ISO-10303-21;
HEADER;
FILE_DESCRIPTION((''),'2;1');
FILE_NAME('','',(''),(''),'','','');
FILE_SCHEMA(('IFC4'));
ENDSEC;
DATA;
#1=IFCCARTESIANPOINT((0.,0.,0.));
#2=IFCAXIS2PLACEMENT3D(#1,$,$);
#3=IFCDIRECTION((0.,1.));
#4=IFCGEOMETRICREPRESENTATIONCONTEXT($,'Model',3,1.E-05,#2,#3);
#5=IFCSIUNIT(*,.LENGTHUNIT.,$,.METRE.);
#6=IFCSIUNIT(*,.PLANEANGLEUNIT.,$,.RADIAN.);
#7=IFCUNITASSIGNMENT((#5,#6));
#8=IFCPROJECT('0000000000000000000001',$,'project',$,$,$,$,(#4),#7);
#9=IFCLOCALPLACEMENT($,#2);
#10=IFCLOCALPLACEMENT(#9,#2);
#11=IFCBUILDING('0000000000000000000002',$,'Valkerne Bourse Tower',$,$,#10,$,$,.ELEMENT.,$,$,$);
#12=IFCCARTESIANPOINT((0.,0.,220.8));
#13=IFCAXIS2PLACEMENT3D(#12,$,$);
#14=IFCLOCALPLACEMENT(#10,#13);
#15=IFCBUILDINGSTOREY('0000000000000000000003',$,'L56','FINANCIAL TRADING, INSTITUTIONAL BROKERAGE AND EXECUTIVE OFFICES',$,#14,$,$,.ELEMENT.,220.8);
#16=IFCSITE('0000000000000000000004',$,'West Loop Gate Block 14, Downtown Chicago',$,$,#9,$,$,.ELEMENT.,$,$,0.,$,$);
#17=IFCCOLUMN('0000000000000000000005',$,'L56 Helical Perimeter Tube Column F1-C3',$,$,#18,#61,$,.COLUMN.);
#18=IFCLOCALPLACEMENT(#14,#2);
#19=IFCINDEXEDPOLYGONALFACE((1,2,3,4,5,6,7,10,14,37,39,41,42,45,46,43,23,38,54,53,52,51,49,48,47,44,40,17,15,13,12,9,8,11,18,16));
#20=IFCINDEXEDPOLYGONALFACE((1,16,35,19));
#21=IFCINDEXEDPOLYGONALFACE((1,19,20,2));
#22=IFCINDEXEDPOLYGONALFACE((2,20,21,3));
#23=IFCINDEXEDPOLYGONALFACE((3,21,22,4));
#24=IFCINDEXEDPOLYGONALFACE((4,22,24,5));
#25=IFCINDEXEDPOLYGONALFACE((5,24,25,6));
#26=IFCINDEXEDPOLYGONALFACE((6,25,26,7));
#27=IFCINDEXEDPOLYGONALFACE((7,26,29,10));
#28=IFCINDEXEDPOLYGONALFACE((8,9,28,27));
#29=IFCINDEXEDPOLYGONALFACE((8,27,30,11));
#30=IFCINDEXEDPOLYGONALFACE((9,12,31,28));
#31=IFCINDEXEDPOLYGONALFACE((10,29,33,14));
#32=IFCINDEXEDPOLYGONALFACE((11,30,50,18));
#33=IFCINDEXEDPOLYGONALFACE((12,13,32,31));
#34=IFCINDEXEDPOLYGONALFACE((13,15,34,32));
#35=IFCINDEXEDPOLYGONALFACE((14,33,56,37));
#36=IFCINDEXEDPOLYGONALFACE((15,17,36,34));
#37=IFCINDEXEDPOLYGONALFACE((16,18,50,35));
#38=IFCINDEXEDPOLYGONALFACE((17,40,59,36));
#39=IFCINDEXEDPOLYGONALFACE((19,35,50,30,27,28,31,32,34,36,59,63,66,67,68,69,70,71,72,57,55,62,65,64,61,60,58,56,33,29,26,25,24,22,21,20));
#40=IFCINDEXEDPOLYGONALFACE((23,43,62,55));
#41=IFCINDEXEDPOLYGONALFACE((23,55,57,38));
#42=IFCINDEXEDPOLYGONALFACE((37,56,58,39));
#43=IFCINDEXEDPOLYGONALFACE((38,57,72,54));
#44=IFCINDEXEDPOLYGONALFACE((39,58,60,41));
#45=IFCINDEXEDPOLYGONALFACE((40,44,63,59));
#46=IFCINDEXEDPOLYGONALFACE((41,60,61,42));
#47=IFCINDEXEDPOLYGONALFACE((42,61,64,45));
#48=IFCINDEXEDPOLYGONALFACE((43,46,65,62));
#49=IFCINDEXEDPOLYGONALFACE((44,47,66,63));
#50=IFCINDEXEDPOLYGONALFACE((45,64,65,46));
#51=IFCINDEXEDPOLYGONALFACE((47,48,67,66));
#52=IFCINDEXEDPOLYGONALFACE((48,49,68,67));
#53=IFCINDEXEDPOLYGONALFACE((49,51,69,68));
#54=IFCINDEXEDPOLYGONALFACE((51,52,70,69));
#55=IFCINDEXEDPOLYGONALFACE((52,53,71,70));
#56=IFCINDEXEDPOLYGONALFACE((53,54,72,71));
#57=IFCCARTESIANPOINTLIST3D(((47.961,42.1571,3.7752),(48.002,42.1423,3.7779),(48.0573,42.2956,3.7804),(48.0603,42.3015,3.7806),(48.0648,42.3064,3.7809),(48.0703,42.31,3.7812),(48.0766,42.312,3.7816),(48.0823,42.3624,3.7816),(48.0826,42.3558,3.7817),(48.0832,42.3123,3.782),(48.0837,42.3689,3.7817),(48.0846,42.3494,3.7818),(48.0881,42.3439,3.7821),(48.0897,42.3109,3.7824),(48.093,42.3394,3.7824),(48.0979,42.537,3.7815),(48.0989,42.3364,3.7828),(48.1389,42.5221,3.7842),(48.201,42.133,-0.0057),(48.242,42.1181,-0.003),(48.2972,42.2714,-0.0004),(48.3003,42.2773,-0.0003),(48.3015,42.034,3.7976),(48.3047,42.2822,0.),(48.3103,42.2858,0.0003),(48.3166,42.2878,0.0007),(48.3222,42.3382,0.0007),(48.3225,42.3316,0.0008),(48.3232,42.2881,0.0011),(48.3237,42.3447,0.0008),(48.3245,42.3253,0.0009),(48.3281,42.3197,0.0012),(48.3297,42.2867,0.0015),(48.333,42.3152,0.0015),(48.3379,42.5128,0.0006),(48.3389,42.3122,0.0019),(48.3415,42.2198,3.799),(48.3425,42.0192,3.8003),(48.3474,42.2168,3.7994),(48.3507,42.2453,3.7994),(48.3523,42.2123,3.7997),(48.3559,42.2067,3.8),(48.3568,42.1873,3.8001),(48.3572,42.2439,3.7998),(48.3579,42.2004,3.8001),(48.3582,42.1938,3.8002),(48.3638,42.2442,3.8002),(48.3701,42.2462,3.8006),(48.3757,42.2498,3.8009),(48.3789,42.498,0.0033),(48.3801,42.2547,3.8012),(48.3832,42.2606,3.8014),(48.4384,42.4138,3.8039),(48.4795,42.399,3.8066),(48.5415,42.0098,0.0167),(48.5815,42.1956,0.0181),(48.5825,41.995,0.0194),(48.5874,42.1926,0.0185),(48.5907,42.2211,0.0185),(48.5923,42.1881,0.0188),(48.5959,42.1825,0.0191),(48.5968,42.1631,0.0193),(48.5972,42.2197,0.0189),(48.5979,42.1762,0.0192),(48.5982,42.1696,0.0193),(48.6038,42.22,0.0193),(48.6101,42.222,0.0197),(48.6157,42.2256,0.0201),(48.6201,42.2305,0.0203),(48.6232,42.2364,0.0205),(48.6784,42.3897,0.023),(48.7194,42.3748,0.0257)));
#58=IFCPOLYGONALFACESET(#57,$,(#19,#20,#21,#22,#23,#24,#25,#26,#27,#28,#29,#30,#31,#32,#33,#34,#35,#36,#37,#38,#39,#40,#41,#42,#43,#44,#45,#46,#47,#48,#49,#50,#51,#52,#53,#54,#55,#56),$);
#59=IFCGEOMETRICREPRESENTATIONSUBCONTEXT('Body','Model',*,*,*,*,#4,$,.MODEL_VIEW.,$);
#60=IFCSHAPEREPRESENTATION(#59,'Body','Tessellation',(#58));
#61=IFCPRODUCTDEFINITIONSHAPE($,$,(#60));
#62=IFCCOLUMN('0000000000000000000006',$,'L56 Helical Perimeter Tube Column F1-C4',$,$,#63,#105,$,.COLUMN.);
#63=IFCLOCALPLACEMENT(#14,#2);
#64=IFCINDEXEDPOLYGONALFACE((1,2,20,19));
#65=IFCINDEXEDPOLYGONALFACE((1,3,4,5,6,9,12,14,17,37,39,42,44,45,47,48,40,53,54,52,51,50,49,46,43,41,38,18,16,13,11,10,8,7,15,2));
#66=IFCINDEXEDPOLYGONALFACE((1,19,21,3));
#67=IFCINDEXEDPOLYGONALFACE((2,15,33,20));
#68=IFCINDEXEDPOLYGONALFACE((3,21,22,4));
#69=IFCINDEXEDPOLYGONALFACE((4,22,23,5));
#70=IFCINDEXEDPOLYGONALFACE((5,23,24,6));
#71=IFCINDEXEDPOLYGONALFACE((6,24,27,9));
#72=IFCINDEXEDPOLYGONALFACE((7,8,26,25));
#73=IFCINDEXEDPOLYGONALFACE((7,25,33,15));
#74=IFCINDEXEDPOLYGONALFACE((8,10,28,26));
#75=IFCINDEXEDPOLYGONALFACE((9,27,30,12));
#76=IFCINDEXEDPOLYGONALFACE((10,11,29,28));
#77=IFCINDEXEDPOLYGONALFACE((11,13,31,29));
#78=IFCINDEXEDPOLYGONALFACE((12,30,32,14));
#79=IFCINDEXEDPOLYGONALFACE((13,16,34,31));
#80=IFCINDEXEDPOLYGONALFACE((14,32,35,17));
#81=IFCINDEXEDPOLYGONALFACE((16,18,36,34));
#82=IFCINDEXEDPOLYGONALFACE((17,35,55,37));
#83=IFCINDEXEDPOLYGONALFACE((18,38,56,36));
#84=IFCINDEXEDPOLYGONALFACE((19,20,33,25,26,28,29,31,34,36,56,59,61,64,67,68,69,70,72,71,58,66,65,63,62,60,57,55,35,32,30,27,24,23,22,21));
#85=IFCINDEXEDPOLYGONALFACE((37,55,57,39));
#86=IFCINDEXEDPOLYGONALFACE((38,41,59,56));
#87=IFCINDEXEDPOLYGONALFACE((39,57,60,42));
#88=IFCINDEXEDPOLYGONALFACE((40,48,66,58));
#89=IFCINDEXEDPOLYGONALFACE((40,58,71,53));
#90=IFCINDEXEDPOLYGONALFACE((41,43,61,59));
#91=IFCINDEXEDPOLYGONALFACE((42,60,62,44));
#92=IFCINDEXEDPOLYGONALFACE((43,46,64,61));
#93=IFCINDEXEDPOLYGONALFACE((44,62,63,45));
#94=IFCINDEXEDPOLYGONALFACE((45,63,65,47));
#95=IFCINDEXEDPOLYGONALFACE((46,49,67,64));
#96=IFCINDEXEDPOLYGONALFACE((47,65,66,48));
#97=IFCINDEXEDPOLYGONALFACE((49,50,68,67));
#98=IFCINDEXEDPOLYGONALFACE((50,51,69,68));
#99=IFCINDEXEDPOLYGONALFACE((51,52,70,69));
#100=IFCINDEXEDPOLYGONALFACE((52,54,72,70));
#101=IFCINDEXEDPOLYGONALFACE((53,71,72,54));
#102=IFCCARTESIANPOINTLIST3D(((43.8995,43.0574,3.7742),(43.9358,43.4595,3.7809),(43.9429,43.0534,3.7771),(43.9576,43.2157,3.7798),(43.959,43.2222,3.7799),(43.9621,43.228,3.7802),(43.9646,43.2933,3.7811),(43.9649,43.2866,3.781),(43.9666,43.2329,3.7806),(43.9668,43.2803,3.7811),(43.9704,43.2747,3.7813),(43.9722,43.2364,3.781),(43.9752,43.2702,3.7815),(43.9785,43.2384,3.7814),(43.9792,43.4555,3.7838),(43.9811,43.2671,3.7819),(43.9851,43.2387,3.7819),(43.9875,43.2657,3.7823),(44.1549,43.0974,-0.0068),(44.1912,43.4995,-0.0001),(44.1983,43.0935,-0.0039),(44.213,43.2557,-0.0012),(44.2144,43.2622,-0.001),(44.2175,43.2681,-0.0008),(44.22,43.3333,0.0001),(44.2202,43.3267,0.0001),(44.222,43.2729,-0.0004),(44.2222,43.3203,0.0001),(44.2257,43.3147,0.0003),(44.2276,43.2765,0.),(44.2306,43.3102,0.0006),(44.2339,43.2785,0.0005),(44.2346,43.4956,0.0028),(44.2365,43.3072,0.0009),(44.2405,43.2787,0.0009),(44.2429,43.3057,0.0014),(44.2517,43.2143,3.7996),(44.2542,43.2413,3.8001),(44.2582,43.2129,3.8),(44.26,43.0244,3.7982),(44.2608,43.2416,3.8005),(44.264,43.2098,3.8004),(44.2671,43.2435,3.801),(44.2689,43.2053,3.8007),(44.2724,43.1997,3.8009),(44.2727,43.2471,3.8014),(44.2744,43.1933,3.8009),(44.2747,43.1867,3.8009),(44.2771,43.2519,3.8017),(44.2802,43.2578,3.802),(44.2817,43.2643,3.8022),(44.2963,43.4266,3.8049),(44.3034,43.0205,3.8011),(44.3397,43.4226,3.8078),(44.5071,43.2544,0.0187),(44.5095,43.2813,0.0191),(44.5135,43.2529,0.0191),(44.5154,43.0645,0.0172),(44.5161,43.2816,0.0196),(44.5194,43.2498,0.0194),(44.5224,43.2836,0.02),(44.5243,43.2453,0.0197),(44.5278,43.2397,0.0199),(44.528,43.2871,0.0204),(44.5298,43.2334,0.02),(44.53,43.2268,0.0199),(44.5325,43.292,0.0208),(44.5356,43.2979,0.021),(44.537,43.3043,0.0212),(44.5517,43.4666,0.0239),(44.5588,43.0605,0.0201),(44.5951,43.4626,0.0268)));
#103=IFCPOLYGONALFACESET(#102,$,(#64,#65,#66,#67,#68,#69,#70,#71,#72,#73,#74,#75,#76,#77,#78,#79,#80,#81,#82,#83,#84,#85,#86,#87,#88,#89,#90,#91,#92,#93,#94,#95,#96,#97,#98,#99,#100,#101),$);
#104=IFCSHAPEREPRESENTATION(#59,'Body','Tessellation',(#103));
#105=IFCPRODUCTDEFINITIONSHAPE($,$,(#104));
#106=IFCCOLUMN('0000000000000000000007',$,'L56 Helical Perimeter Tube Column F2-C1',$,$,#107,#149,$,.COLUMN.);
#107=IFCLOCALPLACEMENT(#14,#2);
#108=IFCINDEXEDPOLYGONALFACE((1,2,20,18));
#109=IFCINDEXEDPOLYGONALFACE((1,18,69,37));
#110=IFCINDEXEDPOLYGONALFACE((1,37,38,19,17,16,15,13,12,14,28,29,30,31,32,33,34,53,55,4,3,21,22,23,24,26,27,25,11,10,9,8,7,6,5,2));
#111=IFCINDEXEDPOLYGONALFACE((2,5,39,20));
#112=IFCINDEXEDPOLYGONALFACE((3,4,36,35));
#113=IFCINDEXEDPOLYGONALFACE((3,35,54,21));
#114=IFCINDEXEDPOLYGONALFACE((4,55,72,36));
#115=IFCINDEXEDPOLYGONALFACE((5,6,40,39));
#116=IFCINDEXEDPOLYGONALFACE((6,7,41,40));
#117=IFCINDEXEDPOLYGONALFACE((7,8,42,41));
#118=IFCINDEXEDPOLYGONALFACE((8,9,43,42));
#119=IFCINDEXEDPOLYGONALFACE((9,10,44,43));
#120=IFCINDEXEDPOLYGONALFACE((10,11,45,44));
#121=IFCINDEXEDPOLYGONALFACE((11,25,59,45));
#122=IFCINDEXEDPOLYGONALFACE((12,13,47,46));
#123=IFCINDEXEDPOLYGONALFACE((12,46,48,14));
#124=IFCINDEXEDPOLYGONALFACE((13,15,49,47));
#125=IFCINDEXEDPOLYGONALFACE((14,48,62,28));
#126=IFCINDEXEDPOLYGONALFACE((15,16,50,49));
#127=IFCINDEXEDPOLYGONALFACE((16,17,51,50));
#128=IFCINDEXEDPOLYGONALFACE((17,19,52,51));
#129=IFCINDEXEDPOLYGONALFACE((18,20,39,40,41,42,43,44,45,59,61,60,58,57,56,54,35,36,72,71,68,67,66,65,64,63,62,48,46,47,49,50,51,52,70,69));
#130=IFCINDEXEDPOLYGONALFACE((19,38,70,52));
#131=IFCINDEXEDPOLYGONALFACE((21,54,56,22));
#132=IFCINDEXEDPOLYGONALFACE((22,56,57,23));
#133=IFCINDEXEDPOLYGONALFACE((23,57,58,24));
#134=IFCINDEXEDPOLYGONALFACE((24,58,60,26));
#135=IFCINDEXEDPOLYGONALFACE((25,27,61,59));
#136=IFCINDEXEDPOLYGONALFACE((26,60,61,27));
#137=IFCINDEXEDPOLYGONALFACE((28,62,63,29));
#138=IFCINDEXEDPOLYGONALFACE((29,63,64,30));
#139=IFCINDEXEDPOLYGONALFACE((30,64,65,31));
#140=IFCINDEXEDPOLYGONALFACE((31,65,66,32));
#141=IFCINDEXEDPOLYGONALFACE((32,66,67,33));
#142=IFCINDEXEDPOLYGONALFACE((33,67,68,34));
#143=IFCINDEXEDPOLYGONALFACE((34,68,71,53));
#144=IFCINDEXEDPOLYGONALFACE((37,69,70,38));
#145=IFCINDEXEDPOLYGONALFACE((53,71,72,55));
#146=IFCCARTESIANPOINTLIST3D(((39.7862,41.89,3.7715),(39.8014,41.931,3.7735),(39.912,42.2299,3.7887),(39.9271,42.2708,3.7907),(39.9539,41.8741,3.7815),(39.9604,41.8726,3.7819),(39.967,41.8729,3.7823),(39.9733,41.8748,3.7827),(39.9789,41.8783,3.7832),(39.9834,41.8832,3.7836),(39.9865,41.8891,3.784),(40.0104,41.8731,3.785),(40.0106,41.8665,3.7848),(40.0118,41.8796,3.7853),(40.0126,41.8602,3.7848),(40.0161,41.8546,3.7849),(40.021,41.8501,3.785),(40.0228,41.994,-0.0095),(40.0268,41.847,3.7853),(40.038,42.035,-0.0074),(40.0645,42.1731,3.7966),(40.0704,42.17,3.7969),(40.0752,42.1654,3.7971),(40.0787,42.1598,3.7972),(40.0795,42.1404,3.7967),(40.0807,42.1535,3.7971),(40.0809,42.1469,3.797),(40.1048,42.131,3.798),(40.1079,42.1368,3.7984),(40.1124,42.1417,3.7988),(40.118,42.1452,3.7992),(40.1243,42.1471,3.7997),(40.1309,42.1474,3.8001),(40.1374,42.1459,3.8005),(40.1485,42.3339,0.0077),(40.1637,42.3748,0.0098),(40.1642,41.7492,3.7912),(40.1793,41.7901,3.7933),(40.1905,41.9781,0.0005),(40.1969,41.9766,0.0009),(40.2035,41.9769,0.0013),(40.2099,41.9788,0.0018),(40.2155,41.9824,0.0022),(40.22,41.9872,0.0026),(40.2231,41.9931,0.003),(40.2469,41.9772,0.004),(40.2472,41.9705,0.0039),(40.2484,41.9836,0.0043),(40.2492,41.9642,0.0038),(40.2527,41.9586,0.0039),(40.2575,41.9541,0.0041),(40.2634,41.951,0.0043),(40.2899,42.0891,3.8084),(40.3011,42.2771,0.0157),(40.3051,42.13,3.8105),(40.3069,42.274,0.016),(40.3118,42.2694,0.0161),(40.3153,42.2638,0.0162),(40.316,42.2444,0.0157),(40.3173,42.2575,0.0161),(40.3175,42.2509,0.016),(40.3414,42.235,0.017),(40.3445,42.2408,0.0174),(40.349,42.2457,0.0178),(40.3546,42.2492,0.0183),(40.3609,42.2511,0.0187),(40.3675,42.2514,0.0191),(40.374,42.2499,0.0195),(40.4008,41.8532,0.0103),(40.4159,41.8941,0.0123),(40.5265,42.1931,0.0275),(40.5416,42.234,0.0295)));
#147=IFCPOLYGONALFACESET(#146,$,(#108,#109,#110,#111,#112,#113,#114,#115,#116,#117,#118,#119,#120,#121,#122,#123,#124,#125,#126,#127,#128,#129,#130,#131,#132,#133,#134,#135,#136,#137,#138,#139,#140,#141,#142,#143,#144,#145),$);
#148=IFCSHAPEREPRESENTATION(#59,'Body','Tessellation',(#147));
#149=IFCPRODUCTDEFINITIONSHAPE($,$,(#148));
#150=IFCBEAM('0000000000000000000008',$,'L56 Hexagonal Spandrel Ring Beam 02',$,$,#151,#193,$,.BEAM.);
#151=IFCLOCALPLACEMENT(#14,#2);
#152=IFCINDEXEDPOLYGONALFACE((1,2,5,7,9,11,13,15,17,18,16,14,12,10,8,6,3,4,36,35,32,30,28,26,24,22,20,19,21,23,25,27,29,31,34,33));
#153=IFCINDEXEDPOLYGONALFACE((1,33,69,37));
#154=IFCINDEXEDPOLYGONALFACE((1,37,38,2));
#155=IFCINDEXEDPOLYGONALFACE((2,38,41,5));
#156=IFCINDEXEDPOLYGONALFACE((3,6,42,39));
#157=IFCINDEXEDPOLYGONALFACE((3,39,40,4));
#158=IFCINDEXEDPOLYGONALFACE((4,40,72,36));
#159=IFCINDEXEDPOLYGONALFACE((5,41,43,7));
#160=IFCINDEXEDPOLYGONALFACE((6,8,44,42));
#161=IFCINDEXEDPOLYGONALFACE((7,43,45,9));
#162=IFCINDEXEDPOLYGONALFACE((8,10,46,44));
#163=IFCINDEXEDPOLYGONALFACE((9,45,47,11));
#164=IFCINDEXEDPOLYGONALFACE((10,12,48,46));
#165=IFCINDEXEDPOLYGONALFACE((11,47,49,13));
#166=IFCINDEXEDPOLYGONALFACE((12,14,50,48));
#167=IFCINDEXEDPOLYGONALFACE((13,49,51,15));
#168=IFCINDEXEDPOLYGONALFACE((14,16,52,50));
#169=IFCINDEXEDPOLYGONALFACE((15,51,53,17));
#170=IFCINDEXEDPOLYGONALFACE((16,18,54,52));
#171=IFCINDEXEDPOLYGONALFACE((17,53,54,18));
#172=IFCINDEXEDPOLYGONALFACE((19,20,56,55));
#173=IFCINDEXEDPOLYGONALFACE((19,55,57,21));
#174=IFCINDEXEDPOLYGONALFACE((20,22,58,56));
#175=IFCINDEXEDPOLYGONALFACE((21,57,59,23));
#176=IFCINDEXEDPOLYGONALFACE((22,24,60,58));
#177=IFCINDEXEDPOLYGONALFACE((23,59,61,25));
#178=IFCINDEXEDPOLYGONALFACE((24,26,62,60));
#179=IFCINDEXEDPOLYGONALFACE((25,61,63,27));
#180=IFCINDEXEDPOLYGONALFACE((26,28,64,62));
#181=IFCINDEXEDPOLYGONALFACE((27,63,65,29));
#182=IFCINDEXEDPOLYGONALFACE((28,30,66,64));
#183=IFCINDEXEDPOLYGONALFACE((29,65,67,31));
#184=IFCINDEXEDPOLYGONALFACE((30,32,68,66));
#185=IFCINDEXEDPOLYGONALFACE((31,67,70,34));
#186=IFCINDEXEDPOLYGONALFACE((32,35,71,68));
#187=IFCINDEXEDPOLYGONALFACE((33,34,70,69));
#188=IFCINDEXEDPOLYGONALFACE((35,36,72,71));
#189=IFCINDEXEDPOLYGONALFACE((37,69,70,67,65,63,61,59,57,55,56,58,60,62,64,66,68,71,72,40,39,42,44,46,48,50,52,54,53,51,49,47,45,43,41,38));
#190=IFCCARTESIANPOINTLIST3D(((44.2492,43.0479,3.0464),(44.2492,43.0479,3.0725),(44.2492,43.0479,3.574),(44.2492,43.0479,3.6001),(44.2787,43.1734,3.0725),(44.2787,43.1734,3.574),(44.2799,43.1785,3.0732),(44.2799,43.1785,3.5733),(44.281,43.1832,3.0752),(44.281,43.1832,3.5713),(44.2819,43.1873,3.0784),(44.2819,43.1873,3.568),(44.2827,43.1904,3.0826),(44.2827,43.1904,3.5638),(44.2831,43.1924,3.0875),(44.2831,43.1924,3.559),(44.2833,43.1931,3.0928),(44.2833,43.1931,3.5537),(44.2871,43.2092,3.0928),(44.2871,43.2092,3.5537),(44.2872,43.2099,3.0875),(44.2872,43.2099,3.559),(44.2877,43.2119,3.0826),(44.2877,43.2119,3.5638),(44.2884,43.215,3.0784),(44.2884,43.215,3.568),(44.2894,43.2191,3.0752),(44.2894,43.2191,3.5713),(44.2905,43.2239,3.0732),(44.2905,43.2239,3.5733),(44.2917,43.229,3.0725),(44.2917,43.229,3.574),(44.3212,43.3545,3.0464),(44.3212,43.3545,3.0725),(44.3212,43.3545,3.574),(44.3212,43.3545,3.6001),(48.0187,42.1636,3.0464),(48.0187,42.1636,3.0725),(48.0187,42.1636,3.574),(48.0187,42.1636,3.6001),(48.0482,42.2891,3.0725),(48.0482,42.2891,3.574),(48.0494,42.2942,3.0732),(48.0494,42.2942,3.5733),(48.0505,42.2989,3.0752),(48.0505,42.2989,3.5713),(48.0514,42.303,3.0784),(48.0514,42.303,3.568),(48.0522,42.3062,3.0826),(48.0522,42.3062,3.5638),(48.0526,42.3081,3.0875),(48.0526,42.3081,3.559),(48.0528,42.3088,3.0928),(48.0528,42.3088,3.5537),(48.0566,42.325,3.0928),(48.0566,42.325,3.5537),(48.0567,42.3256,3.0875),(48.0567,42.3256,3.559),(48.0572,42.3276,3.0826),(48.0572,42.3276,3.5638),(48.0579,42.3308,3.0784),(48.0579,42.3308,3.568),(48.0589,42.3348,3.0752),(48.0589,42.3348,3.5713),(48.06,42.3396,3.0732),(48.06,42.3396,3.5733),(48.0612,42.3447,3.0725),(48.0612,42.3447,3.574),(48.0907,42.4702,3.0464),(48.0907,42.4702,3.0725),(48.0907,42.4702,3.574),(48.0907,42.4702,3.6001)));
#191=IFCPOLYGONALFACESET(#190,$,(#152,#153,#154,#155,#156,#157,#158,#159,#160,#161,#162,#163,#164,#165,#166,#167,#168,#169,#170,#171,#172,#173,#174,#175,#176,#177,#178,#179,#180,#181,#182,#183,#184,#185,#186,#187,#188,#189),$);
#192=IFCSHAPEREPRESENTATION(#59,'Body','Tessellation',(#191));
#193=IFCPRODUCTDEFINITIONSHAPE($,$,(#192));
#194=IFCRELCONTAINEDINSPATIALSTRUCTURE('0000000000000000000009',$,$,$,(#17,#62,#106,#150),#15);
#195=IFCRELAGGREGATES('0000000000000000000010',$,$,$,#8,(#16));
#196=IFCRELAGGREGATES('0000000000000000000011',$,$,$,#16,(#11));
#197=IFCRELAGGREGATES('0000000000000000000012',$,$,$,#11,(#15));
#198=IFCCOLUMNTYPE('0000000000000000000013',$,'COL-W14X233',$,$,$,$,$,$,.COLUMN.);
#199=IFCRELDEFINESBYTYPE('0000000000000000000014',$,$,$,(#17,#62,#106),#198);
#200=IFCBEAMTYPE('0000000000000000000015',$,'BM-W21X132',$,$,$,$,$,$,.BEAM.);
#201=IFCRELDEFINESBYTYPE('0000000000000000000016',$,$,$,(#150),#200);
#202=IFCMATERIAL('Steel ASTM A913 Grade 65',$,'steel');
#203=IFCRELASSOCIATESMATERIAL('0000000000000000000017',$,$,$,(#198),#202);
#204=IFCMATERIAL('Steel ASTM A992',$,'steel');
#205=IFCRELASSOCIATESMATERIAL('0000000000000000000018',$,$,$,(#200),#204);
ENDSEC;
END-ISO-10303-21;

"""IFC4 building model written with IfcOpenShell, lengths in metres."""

from ifc_helpers import new_model, si_unit, direction, frame, origin, origin_2d, place, context, subcontext, project, spatial, i_section, extrude, material, material_profile, profile_set, type_object, element, save


model = new_model("IFC4")

# Units and contexts
model_context = context("Model", 3, precision=1e-05, world=origin(), true_north=direction((0.0, 1.0)))
body_context = subcontext(model_context, "Body", "Model", "MODEL_VIEW")
ifc_project = project(units=[si_unit("LENGTHUNIT", "METRE"), si_unit("PLANEANGLEUNIT", "RADIAN")], contexts=[model_context])

# Site, building, storey
site_placement = place(None, origin())
site = spatial("IfcSite", under=ifc_project, at=site_placement, Name="West Loop Gate Block 14, Downtown Chicago", CompositionType="ELEMENT", RefElevation=0.0)
building_placement = place(site_placement, origin())
building = spatial("IfcBuilding", under=site, at=building_placement, Name="Valkerne Bourse Tower", CompositionType="ELEMENT")
storey_placement = place(building_placement, frame((0.0, 0.0, 220.8)))
storey = spatial("IfcBuildingStorey", under=building, at=storey_placement, Name="L56", Description="FINANCIAL TRADING, INSTITUTIONAL BROKERAGE AND EXECUTIVE OFFICES", CompositionType="ELEMENT", Elevation=220.8)

# Columns
ifc_material_1 = material(Name="Steel ASTM A913 Grade 65", Category="steel")
ifc_material_profile_1 = material_profile(ifc_material_1, i_section(OverallWidth=0.4038, OverallDepth=0.4065, WebThickness=0.0271, FlangeThickness=0.0437, FilletRadius=0.0254, at=origin_2d()), Name="W14X233")
ifc_profile_set_1 = profile_set([ifc_material_profile_1], Name="Steel ASTM A913 Grade 65")
column_type = type_object("IfcColumnType", Name="COL-W14X233", PredefinedType="COLUMN", material=ifc_profile_set_1)
column_placement = place(storey_placement, frame((48.4602, 42.2539, 0.01), z_axis=(-0.063344, 0.006379, 0.997971), x_axis=(0.339083, 0.940628, 0.01551)))
element("IfcColumn", 1, at=column_placement, inside=storey, type_object=column_type, Name="L56 Helical Perimeter Tube Column F1-C3", PredefinedType="COLUMN", context=body_context, shape_type="SweptSolid", body=[
    extrude(i_section(OverallWidth=0.4038, OverallDepth=0.4065, WebThickness=0.0271, FlangeThickness=0.0437, FilletRadius=0.0254, at=origin_2d()), origin(), (0.0, 0.0, 1.0), 3.7886),
])
for number, where, z_axis, x_axis, name in (
    (2, (44.375, 43.28, 0.01), (-0.067383, -0.010565, 0.997671), (0.089886, 0.995813, 0.016616), "L56 Helical Perimeter Tube Column F1-C4"),
    (3, (40.2822, 42.114, 0.01), (-0.062423, -0.027443, 0.997672), (-0.935944, 0.348727, -0.048968), "L56 Helical Perimeter Tube Column F2-C1"),
):
    element("IfcColumn", number, at=place(storey_placement, frame(where, z_axis=z_axis, x_axis=x_axis)), inside=storey, type_object=column_type, Name=name, PredefinedType="COLUMN", context=body_context, shape_type="SweptSolid", body=[
        extrude(i_section(OverallWidth=0.4038, OverallDepth=0.4065, WebThickness=0.0271, FlangeThickness=0.0437, FilletRadius=0.0254, at=origin_2d()), origin(), (0.0, 0.0, 1.0), 3.7898),
    ])

# Beam
ifc_material_2 = material(Name="Steel ASTM A992", Category="steel")
ifc_material_profile_2 = material_profile(ifc_material_2, i_section(OverallWidth=0.3149, OverallDepth=0.5537, WebThickness=0.0166, FlangeThickness=0.0261, FilletRadius=0.0203, at=origin_2d()), Name="W21X132")
ifc_profile_set_2 = profile_set([ifc_material_profile_2], Name="Steel ASTM A992")
beam_type_1 = type_object("IfcBeamType", Name="BM-W21X132", PredefinedType="BEAM", material=ifc_profile_set_2)
beam_1_placement = place(storey_placement, frame((48.0547, 42.3169, 3.3232), z_axis=(-0.973571, 0.228386, 0.0), x_axis=(-0.228386, -0.973571, 0.0)))
element("IfcBeam", 4, at=beam_1_placement, inside=storey, type_object=beam_type_1, Name="L56 Hexagonal Spandrel Ring Beam 02", PredefinedType="BEAM", context=body_context, shape_type="SweptSolid", body=[
    extrude(i_section(OverallWidth=0.3149, OverallDepth=0.5537, WebThickness=0.0166, FlangeThickness=0.0261, FilletRadius=0.0203, at=origin_2d()), origin(), (0.0, 0.0, 1.0), 3.8718),
])

save(model, "model.ifc")
